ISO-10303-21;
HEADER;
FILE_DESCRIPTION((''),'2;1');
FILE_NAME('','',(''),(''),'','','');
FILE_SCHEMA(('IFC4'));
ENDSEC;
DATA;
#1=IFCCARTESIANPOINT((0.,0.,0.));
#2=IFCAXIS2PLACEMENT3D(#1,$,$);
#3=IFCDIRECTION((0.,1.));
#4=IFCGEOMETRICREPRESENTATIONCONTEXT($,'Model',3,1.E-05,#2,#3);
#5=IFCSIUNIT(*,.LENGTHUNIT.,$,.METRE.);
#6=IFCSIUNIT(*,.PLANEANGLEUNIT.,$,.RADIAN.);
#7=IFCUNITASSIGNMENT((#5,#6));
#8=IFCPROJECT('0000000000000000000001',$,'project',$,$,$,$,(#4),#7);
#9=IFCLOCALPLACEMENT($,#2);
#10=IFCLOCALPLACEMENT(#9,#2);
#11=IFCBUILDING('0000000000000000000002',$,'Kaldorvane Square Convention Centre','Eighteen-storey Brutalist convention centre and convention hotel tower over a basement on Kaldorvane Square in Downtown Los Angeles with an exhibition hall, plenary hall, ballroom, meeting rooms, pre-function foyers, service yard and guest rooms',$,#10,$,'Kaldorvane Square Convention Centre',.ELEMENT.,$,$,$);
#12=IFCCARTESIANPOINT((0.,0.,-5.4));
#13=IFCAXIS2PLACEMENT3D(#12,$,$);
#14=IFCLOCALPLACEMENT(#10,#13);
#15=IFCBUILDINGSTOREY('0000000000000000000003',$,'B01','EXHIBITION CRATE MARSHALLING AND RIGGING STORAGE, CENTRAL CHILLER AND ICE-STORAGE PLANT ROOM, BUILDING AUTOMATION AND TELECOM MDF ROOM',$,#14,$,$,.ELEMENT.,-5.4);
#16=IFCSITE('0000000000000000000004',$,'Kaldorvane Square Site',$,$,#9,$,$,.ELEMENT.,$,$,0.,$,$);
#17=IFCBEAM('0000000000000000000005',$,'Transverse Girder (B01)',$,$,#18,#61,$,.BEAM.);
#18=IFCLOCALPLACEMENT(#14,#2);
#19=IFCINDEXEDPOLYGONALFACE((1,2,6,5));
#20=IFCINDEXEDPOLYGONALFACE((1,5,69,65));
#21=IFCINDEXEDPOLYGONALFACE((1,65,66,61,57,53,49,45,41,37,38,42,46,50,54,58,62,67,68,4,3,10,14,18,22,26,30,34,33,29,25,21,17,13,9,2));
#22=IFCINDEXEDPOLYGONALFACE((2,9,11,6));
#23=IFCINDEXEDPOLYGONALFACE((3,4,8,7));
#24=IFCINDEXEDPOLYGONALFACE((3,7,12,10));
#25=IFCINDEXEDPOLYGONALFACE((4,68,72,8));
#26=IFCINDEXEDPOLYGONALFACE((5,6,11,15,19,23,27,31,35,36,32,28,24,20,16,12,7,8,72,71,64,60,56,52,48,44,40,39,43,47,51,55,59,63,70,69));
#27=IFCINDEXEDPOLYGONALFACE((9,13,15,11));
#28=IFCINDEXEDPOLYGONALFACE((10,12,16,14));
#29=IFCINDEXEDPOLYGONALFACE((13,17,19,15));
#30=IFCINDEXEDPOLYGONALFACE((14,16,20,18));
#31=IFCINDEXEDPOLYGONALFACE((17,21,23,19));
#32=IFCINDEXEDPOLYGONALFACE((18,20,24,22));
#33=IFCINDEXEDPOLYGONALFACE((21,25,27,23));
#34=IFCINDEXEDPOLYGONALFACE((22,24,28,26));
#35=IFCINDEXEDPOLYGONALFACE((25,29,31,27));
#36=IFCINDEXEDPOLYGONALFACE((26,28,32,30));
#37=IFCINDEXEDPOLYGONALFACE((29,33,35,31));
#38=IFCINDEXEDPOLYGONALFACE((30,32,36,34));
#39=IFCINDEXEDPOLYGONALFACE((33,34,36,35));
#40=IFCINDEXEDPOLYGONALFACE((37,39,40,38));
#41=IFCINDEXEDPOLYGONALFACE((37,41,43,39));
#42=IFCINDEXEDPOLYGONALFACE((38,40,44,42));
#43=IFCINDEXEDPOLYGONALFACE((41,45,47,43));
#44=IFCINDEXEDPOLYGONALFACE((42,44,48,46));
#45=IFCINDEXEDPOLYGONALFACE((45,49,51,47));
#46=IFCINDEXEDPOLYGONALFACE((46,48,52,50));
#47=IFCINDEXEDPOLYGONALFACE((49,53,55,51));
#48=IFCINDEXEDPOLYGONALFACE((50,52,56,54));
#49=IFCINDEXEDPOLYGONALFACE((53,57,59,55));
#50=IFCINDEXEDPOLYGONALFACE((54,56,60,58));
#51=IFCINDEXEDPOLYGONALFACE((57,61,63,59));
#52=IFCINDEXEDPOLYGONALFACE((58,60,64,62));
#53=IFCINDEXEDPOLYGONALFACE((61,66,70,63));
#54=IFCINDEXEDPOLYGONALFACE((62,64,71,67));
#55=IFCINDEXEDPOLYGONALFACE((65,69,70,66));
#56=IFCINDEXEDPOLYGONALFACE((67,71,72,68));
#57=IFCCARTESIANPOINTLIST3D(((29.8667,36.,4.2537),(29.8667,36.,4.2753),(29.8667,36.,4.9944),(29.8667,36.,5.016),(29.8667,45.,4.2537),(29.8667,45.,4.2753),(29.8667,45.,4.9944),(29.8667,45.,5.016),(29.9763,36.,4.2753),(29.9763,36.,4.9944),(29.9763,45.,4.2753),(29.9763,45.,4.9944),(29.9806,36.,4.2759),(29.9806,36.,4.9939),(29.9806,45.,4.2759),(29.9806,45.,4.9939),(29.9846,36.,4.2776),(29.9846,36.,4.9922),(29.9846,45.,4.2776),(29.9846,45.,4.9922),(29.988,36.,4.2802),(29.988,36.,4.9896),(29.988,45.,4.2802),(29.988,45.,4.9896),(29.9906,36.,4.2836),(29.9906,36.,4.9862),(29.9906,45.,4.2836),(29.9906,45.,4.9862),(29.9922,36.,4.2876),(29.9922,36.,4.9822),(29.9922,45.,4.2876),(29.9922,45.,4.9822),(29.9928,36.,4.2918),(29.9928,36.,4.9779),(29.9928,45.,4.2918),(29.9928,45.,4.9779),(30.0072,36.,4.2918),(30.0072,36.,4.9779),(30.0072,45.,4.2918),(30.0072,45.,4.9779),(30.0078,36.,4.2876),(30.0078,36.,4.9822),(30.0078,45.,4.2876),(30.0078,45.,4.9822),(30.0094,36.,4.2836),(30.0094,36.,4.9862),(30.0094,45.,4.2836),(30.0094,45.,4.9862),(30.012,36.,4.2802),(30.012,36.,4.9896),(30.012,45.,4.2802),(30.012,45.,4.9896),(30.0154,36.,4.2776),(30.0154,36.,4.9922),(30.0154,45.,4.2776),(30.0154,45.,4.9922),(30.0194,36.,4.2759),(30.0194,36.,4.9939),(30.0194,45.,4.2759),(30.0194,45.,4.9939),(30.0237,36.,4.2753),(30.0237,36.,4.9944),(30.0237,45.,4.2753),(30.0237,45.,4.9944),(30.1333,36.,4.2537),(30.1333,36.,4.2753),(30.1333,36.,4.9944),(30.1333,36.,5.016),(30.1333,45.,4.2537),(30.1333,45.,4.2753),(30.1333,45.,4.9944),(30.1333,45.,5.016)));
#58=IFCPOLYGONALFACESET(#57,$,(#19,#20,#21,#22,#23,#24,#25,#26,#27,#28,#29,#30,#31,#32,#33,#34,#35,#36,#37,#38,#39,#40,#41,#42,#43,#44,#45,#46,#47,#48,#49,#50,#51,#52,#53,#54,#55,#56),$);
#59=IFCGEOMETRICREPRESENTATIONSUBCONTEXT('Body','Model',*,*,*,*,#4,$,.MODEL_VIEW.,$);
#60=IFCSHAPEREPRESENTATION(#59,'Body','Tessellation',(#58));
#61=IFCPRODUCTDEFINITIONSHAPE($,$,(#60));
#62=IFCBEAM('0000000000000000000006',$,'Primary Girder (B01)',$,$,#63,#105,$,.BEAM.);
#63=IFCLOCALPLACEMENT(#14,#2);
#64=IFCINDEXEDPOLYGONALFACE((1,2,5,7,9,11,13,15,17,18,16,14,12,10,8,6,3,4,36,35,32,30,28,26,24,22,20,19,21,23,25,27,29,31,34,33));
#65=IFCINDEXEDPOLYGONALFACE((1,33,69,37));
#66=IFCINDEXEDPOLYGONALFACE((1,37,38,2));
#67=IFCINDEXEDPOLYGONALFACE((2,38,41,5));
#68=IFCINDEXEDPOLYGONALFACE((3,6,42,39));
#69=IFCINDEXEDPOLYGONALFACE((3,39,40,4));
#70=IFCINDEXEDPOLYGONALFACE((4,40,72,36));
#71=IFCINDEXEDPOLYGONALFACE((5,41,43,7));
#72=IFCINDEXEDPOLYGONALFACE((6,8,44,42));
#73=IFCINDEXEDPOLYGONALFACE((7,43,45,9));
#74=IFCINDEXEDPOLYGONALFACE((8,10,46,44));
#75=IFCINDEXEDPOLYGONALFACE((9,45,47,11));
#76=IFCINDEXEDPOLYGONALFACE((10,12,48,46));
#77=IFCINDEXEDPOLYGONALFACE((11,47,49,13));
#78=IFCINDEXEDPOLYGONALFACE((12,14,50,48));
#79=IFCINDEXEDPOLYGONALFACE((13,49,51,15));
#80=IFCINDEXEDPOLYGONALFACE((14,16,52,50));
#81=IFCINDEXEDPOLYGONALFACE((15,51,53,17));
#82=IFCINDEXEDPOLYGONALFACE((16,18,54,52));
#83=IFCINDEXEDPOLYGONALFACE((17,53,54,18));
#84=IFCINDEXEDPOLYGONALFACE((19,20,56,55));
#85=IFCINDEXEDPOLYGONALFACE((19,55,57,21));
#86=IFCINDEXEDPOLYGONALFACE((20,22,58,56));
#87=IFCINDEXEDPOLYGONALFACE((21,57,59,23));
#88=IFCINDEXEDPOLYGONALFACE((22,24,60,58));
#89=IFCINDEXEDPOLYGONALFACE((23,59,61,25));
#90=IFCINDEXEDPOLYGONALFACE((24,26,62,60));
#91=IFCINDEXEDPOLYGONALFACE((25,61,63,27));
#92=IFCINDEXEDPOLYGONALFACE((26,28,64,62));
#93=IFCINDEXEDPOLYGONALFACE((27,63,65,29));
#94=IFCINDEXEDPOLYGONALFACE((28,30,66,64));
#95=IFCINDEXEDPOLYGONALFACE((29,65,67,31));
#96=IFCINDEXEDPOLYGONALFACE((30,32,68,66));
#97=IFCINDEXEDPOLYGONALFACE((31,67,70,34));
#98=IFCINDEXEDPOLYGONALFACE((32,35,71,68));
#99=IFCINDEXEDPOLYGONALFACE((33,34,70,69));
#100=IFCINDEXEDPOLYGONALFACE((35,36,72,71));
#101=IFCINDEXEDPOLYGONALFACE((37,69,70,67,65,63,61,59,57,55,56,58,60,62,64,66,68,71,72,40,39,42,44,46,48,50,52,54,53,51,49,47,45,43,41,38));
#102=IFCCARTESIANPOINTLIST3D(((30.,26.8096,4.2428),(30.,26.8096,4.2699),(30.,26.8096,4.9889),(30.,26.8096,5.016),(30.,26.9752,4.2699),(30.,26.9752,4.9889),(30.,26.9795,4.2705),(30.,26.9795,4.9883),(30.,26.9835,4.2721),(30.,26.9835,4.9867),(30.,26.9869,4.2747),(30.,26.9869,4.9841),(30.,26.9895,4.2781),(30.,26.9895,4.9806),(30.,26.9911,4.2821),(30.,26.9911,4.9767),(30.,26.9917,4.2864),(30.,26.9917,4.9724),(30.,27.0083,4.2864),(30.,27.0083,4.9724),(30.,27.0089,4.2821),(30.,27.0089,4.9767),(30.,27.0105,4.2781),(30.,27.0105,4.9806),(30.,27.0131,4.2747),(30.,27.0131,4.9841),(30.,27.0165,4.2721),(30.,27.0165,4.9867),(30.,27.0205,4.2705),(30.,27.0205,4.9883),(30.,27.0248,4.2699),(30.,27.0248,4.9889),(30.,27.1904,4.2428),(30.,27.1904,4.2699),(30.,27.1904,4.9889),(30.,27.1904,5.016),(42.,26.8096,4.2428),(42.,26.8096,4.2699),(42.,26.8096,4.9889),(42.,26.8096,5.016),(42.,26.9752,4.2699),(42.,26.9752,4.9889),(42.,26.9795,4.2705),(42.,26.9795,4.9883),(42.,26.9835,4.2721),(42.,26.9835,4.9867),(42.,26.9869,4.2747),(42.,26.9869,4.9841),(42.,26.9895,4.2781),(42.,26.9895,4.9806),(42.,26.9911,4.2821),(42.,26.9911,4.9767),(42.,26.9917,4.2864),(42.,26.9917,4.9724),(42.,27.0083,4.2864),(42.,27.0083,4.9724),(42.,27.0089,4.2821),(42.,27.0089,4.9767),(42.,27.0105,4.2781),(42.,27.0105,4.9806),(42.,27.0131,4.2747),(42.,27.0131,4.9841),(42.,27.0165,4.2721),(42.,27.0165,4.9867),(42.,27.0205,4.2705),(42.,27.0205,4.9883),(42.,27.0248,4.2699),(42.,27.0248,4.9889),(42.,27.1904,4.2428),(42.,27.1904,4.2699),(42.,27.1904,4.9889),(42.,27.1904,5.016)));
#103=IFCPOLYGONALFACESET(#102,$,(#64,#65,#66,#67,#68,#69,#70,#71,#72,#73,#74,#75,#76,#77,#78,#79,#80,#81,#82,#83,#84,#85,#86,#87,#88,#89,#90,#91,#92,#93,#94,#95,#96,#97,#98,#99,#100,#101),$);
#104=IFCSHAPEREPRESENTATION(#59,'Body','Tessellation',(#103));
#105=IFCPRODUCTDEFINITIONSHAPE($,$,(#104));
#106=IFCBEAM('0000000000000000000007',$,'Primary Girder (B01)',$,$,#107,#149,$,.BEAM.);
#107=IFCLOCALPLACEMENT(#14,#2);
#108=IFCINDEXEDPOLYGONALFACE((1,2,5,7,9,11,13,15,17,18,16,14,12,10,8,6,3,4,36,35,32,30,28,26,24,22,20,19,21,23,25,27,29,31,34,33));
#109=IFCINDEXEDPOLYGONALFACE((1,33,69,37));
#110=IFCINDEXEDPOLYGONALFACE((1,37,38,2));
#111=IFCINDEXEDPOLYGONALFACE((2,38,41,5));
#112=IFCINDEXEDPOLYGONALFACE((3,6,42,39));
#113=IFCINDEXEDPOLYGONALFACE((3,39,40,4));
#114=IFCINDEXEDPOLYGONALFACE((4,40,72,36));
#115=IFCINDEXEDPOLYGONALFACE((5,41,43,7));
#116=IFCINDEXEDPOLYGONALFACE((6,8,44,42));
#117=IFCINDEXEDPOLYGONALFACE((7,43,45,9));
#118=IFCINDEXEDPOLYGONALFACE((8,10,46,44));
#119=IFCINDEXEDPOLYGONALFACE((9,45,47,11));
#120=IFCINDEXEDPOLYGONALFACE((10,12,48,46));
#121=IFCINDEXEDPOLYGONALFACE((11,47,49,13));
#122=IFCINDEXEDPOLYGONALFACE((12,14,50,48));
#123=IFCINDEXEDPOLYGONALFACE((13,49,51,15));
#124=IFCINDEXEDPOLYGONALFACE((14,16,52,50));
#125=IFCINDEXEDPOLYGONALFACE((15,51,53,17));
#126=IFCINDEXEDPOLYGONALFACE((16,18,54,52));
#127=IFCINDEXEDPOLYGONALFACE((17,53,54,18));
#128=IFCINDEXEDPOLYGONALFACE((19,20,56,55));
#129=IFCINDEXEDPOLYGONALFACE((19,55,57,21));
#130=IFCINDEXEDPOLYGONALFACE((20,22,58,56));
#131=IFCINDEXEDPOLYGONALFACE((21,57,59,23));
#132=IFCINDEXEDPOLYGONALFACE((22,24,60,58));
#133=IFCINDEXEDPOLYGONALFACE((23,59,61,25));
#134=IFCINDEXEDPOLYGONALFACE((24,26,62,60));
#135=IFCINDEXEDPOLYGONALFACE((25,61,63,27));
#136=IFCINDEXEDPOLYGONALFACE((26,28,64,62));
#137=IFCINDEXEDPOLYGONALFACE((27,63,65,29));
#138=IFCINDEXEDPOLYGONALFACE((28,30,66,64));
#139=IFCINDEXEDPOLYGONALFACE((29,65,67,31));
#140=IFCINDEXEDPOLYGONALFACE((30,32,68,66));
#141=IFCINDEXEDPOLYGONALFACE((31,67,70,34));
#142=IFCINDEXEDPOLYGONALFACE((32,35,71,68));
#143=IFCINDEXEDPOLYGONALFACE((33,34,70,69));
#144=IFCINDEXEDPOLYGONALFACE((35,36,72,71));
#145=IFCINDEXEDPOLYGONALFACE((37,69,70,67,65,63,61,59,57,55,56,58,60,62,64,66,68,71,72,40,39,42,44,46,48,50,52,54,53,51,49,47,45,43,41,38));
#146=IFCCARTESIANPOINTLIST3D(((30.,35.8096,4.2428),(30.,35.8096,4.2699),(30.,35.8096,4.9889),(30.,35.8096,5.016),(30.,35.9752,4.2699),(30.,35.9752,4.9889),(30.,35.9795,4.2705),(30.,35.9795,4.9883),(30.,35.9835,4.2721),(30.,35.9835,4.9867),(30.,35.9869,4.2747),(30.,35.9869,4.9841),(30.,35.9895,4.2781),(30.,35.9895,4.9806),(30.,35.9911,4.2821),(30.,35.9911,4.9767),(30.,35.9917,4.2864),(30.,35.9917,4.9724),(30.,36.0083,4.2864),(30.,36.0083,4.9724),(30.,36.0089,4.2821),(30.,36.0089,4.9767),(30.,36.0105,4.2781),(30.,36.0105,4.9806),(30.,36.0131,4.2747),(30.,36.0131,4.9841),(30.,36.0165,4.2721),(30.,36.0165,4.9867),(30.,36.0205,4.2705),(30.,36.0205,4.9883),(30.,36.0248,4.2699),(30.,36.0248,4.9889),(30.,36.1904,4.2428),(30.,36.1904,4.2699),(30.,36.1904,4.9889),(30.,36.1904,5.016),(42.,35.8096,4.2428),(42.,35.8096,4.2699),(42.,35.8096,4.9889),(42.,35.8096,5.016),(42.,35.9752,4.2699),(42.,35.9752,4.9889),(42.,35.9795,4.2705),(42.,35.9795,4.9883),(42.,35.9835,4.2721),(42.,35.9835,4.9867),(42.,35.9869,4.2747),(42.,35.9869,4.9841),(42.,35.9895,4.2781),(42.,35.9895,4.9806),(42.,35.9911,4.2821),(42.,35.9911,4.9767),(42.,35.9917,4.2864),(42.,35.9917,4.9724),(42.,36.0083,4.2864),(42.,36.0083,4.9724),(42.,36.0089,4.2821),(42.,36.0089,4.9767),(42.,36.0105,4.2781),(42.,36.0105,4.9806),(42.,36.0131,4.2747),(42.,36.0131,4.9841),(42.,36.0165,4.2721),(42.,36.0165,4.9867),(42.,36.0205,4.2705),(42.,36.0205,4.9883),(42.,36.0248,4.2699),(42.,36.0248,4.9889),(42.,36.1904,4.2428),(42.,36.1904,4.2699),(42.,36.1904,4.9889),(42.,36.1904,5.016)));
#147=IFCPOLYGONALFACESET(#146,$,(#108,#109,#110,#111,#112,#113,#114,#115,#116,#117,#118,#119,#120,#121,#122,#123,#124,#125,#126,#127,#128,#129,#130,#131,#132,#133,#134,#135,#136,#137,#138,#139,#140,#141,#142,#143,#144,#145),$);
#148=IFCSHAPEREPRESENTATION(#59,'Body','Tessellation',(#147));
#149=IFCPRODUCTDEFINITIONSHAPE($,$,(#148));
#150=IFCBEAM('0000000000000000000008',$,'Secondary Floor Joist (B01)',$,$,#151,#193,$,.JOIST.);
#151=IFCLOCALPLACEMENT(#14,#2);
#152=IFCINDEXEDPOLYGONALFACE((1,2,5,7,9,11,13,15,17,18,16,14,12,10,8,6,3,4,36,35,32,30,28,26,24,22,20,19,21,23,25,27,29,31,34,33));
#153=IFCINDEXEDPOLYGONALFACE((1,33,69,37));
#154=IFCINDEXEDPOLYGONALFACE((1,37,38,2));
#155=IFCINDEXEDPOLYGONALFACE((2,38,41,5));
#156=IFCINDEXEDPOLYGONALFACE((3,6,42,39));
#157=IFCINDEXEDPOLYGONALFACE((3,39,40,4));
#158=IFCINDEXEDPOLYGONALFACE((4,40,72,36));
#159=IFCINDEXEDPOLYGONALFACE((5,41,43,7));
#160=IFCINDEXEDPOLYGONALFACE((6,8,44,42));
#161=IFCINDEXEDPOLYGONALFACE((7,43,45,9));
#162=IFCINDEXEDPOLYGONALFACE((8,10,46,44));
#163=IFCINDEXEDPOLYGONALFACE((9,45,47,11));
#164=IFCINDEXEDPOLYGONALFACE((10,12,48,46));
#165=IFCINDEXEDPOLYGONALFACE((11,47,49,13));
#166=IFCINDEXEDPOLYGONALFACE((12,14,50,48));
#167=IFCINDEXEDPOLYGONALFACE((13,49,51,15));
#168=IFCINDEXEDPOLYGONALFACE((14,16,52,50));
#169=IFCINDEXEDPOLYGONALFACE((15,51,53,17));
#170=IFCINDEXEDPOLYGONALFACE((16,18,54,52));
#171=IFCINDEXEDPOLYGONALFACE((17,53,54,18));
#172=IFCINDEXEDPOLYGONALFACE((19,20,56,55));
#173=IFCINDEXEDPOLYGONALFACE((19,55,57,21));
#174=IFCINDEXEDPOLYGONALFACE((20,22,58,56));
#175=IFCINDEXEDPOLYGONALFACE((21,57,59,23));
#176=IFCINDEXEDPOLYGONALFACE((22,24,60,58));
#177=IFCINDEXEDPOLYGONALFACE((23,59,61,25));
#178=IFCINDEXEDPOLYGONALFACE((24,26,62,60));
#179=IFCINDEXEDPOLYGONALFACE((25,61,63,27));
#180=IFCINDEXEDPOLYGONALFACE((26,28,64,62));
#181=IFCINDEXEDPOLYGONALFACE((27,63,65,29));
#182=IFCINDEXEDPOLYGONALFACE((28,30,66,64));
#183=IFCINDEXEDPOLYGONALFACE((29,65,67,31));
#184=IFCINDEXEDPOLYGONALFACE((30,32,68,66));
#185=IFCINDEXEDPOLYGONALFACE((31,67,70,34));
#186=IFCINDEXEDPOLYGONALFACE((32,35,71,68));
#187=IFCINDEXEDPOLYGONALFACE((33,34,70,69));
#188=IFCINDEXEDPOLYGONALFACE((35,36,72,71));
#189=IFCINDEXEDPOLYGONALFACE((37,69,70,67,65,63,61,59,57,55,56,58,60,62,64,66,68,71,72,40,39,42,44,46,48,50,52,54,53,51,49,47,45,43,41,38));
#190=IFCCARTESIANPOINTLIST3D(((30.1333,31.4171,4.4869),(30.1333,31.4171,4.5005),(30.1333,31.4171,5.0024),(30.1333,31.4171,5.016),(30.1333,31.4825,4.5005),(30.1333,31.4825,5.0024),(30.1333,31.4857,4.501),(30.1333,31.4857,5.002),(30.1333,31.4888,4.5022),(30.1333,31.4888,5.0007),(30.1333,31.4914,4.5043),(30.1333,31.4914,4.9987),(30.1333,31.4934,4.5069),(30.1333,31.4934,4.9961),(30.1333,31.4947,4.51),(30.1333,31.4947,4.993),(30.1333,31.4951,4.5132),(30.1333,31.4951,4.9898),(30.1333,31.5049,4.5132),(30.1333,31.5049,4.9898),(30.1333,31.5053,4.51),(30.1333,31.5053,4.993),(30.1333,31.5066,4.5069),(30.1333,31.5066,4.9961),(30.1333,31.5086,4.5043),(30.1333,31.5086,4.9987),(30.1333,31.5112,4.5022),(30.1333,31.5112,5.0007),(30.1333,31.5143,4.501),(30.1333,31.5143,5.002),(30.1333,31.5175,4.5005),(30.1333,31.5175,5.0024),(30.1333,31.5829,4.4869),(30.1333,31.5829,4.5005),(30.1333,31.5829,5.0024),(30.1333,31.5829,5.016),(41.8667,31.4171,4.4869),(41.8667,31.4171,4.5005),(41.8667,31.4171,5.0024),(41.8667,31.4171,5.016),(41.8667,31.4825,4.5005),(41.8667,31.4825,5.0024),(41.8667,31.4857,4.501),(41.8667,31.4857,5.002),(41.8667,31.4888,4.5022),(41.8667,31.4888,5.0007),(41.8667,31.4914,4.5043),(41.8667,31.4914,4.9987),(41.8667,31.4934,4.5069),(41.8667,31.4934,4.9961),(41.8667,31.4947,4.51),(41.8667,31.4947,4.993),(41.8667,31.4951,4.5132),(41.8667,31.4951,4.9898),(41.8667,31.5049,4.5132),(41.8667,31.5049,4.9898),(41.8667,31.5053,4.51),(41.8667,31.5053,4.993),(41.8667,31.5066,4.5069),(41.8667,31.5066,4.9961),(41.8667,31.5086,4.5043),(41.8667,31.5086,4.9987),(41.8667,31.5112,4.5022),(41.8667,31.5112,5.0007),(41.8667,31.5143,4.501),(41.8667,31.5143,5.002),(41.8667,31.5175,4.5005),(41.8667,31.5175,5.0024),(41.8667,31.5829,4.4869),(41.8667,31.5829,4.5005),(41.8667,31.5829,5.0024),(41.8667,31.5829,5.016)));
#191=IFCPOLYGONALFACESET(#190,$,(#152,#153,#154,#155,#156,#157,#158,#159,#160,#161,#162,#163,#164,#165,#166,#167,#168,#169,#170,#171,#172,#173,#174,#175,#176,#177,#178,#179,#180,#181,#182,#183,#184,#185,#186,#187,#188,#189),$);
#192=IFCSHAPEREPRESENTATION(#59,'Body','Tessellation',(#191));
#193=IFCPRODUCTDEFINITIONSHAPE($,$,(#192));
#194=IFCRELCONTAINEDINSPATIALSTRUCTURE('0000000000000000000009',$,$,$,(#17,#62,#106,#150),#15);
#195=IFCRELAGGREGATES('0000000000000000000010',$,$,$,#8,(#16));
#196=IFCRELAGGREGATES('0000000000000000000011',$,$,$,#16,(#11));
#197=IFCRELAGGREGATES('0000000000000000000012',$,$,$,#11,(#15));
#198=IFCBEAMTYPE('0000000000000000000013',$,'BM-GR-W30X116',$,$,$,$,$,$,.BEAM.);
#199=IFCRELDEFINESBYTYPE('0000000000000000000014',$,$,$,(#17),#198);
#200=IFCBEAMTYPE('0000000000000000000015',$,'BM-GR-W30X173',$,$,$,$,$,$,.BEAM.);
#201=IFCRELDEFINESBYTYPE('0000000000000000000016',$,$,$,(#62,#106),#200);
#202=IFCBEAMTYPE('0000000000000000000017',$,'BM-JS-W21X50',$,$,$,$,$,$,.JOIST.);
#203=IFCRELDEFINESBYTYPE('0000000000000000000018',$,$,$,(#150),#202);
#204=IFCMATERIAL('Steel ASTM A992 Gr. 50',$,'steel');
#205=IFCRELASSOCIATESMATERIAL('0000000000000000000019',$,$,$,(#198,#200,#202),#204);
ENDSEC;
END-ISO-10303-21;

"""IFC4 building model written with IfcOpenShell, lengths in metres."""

from ifc_helpers import new_model, si_unit, direction, frame, origin, origin_2d, place, context, subcontext, project, spatial, i_section, extrude, material, material_profile, profile_set, type_object, element, save


model = new_model("IFC4")

# Units and contexts
model_context = context("Model", 3, precision=1e-05, world=origin(), true_north=direction((0.0, 1.0)))
body_context = subcontext(model_context, "Body", "Model", "MODEL_VIEW")
ifc_project = project(units=[si_unit("LENGTHUNIT", "METRE"), si_unit("PLANEANGLEUNIT", "RADIAN")], contexts=[model_context])

# Site, building, storey
site_placement = place(None, origin())
site = spatial("IfcSite", under=ifc_project, at=site_placement, Name="Kaldorvane Square Site", CompositionType="ELEMENT", RefElevation=0.0)
building_placement = place(site_placement, origin())
building = spatial("IfcBuilding", under=site, at=building_placement, Name="Kaldorvane Square Convention Centre", Description="Eighteen-storey Brutalist convention centre and convention hotel tower over a basement on Kaldorvane Square in Downtown Los Angeles with an exhibition hall, plenary hall, ballroom, meeting rooms, pre-function foyers, service yard and guest rooms", LongName="Kaldorvane Square Convention Centre", CompositionType="ELEMENT")
storey_placement = place(building_placement, frame((0.0, 0.0, -5.4)))
storey = spatial("IfcBuildingStorey", under=building, at=storey_placement, Name="B01", Description="EXHIBITION CRATE MARSHALLING AND RIGGING STORAGE, CENTRAL CHILLER AND ICE-STORAGE PLANT ROOM, BUILDING AUTOMATION AND TELECOM MDF ROOM", CompositionType="ELEMENT", Elevation=-5.4)

# Shared definitions
ifc_material_1 = material(Name="Steel ASTM A992 Gr. 50", Category="steel")

# Beams
ifc_material_profile_1 = material_profile(ifc_material_1, i_section(OverallWidth=0.2666, OverallDepth=0.7623, WebThickness=0.0144, FlangeThickness=0.0216, FilletRadius=0.0165, at=origin_2d()), Name="W30X116")
ifc_profile_set_1 = profile_set([ifc_material_profile_1], Name="Steel ASTM A992 Gr. 50")
beam_type_1 = type_object("IfcBeamType", Name="BM-GR-W30X116", PredefinedType="BEAM", material=ifc_profile_set_1)
for number, where, z_axis, x_axis, name in (
    (1, (30.0, 36.0, 4.6349), (0.0, 1.0, 0.0), (-1.0, 0.0, 0.0), "Transverse Girder (B01)"),
):
    element("IfcBeam", number, at=place(storey_placement, frame(where, z_axis=z_axis, x_axis=x_axis)), inside=storey, type_object=beam_type_1, Name=name, PredefinedType="BEAM", context=body_context, shape_type="SweptSolid", body=[
        extrude(i_section(OverallWidth=0.2666, OverallDepth=0.7623, WebThickness=0.0144, FlangeThickness=0.0216, FilletRadius=0.0165, at=origin_2d()), origin(), (0.0, 0.0, 1.0), 9.0),
    ])
ifc_material_profile_2 = material_profile(ifc_material_1, i_section(OverallWidth=0.3807, OverallDepth=0.7732, WebThickness=0.0166, FlangeThickness=0.0271, FilletRadius=0.0165, at=origin_2d()), Name="W30X173")
ifc_profile_set_2 = profile_set([ifc_material_profile_2], Name="Steel ASTM A992 Gr. 50")
beam_type_2 = type_object("IfcBeamType", Name="BM-GR-W30X173", PredefinedType="BEAM", material=ifc_profile_set_2)
for number, where, z_axis, x_axis, name in (
    (2, (30.0, 27.0, 4.6294), (1.0, 0.0, 0.0), (0.0, 1.0, 0.0), "Primary Girder (B01)"),
    (3, (30.0, 36.0, 4.6294), (1.0, 0.0, 0.0), (0.0, 1.0, 0.0), "Primary Girder (B01)"),
):
    element("IfcBeam", number, at=place(storey_placement, frame(where, z_axis=z_axis, x_axis=x_axis)), inside=storey, type_object=beam_type_2, Name=name, PredefinedType="BEAM", context=body_context, shape_type="SweptSolid", body=[
        extrude(i_section(OverallWidth=0.3807, OverallDepth=0.7732, WebThickness=0.0166, FlangeThickness=0.0271, FilletRadius=0.0165, at=origin_2d()), origin(), (0.0, 0.0, 1.0), 12.0),
    ])
ifc_material_profile_3 = material_profile(ifc_material_1, i_section(OverallWidth=0.1659, OverallDepth=0.5291, WebThickness=0.0097, FlangeThickness=0.0136, FilletRadius=0.0127, at=origin_2d()), Name="W21X50")
ifc_profile_set_3 = profile_set([ifc_material_profile_3], Name="Steel ASTM A992 Gr. 50")
beam_type_3 = type_object("IfcBeamType", Name="BM-JS-W21X50", PredefinedType="JOIST", material=ifc_profile_set_3)
for number, where, z_axis, x_axis, name in (
    (4, (30.1333, 31.5, 4.7515), (1.0, 0.0, 0.0), (0.0, 1.0, 0.0), "Secondary Floor Joist (B01)"),
):
    element("IfcBeam", number, at=place(storey_placement, frame(where, z_axis=z_axis, x_axis=x_axis)), inside=storey, type_object=beam_type_3, Name=name, PredefinedType="JOIST", context=body_context, shape_type="SweptSolid", body=[
        extrude(i_section(OverallWidth=0.1659, OverallDepth=0.5291, WebThickness=0.0097, FlangeThickness=0.0136, FilletRadius=0.0127, at=origin_2d()), origin(), (0.0, 0.0, 1.0), 11.7334),
    ])

save(model, "model.ifc")
